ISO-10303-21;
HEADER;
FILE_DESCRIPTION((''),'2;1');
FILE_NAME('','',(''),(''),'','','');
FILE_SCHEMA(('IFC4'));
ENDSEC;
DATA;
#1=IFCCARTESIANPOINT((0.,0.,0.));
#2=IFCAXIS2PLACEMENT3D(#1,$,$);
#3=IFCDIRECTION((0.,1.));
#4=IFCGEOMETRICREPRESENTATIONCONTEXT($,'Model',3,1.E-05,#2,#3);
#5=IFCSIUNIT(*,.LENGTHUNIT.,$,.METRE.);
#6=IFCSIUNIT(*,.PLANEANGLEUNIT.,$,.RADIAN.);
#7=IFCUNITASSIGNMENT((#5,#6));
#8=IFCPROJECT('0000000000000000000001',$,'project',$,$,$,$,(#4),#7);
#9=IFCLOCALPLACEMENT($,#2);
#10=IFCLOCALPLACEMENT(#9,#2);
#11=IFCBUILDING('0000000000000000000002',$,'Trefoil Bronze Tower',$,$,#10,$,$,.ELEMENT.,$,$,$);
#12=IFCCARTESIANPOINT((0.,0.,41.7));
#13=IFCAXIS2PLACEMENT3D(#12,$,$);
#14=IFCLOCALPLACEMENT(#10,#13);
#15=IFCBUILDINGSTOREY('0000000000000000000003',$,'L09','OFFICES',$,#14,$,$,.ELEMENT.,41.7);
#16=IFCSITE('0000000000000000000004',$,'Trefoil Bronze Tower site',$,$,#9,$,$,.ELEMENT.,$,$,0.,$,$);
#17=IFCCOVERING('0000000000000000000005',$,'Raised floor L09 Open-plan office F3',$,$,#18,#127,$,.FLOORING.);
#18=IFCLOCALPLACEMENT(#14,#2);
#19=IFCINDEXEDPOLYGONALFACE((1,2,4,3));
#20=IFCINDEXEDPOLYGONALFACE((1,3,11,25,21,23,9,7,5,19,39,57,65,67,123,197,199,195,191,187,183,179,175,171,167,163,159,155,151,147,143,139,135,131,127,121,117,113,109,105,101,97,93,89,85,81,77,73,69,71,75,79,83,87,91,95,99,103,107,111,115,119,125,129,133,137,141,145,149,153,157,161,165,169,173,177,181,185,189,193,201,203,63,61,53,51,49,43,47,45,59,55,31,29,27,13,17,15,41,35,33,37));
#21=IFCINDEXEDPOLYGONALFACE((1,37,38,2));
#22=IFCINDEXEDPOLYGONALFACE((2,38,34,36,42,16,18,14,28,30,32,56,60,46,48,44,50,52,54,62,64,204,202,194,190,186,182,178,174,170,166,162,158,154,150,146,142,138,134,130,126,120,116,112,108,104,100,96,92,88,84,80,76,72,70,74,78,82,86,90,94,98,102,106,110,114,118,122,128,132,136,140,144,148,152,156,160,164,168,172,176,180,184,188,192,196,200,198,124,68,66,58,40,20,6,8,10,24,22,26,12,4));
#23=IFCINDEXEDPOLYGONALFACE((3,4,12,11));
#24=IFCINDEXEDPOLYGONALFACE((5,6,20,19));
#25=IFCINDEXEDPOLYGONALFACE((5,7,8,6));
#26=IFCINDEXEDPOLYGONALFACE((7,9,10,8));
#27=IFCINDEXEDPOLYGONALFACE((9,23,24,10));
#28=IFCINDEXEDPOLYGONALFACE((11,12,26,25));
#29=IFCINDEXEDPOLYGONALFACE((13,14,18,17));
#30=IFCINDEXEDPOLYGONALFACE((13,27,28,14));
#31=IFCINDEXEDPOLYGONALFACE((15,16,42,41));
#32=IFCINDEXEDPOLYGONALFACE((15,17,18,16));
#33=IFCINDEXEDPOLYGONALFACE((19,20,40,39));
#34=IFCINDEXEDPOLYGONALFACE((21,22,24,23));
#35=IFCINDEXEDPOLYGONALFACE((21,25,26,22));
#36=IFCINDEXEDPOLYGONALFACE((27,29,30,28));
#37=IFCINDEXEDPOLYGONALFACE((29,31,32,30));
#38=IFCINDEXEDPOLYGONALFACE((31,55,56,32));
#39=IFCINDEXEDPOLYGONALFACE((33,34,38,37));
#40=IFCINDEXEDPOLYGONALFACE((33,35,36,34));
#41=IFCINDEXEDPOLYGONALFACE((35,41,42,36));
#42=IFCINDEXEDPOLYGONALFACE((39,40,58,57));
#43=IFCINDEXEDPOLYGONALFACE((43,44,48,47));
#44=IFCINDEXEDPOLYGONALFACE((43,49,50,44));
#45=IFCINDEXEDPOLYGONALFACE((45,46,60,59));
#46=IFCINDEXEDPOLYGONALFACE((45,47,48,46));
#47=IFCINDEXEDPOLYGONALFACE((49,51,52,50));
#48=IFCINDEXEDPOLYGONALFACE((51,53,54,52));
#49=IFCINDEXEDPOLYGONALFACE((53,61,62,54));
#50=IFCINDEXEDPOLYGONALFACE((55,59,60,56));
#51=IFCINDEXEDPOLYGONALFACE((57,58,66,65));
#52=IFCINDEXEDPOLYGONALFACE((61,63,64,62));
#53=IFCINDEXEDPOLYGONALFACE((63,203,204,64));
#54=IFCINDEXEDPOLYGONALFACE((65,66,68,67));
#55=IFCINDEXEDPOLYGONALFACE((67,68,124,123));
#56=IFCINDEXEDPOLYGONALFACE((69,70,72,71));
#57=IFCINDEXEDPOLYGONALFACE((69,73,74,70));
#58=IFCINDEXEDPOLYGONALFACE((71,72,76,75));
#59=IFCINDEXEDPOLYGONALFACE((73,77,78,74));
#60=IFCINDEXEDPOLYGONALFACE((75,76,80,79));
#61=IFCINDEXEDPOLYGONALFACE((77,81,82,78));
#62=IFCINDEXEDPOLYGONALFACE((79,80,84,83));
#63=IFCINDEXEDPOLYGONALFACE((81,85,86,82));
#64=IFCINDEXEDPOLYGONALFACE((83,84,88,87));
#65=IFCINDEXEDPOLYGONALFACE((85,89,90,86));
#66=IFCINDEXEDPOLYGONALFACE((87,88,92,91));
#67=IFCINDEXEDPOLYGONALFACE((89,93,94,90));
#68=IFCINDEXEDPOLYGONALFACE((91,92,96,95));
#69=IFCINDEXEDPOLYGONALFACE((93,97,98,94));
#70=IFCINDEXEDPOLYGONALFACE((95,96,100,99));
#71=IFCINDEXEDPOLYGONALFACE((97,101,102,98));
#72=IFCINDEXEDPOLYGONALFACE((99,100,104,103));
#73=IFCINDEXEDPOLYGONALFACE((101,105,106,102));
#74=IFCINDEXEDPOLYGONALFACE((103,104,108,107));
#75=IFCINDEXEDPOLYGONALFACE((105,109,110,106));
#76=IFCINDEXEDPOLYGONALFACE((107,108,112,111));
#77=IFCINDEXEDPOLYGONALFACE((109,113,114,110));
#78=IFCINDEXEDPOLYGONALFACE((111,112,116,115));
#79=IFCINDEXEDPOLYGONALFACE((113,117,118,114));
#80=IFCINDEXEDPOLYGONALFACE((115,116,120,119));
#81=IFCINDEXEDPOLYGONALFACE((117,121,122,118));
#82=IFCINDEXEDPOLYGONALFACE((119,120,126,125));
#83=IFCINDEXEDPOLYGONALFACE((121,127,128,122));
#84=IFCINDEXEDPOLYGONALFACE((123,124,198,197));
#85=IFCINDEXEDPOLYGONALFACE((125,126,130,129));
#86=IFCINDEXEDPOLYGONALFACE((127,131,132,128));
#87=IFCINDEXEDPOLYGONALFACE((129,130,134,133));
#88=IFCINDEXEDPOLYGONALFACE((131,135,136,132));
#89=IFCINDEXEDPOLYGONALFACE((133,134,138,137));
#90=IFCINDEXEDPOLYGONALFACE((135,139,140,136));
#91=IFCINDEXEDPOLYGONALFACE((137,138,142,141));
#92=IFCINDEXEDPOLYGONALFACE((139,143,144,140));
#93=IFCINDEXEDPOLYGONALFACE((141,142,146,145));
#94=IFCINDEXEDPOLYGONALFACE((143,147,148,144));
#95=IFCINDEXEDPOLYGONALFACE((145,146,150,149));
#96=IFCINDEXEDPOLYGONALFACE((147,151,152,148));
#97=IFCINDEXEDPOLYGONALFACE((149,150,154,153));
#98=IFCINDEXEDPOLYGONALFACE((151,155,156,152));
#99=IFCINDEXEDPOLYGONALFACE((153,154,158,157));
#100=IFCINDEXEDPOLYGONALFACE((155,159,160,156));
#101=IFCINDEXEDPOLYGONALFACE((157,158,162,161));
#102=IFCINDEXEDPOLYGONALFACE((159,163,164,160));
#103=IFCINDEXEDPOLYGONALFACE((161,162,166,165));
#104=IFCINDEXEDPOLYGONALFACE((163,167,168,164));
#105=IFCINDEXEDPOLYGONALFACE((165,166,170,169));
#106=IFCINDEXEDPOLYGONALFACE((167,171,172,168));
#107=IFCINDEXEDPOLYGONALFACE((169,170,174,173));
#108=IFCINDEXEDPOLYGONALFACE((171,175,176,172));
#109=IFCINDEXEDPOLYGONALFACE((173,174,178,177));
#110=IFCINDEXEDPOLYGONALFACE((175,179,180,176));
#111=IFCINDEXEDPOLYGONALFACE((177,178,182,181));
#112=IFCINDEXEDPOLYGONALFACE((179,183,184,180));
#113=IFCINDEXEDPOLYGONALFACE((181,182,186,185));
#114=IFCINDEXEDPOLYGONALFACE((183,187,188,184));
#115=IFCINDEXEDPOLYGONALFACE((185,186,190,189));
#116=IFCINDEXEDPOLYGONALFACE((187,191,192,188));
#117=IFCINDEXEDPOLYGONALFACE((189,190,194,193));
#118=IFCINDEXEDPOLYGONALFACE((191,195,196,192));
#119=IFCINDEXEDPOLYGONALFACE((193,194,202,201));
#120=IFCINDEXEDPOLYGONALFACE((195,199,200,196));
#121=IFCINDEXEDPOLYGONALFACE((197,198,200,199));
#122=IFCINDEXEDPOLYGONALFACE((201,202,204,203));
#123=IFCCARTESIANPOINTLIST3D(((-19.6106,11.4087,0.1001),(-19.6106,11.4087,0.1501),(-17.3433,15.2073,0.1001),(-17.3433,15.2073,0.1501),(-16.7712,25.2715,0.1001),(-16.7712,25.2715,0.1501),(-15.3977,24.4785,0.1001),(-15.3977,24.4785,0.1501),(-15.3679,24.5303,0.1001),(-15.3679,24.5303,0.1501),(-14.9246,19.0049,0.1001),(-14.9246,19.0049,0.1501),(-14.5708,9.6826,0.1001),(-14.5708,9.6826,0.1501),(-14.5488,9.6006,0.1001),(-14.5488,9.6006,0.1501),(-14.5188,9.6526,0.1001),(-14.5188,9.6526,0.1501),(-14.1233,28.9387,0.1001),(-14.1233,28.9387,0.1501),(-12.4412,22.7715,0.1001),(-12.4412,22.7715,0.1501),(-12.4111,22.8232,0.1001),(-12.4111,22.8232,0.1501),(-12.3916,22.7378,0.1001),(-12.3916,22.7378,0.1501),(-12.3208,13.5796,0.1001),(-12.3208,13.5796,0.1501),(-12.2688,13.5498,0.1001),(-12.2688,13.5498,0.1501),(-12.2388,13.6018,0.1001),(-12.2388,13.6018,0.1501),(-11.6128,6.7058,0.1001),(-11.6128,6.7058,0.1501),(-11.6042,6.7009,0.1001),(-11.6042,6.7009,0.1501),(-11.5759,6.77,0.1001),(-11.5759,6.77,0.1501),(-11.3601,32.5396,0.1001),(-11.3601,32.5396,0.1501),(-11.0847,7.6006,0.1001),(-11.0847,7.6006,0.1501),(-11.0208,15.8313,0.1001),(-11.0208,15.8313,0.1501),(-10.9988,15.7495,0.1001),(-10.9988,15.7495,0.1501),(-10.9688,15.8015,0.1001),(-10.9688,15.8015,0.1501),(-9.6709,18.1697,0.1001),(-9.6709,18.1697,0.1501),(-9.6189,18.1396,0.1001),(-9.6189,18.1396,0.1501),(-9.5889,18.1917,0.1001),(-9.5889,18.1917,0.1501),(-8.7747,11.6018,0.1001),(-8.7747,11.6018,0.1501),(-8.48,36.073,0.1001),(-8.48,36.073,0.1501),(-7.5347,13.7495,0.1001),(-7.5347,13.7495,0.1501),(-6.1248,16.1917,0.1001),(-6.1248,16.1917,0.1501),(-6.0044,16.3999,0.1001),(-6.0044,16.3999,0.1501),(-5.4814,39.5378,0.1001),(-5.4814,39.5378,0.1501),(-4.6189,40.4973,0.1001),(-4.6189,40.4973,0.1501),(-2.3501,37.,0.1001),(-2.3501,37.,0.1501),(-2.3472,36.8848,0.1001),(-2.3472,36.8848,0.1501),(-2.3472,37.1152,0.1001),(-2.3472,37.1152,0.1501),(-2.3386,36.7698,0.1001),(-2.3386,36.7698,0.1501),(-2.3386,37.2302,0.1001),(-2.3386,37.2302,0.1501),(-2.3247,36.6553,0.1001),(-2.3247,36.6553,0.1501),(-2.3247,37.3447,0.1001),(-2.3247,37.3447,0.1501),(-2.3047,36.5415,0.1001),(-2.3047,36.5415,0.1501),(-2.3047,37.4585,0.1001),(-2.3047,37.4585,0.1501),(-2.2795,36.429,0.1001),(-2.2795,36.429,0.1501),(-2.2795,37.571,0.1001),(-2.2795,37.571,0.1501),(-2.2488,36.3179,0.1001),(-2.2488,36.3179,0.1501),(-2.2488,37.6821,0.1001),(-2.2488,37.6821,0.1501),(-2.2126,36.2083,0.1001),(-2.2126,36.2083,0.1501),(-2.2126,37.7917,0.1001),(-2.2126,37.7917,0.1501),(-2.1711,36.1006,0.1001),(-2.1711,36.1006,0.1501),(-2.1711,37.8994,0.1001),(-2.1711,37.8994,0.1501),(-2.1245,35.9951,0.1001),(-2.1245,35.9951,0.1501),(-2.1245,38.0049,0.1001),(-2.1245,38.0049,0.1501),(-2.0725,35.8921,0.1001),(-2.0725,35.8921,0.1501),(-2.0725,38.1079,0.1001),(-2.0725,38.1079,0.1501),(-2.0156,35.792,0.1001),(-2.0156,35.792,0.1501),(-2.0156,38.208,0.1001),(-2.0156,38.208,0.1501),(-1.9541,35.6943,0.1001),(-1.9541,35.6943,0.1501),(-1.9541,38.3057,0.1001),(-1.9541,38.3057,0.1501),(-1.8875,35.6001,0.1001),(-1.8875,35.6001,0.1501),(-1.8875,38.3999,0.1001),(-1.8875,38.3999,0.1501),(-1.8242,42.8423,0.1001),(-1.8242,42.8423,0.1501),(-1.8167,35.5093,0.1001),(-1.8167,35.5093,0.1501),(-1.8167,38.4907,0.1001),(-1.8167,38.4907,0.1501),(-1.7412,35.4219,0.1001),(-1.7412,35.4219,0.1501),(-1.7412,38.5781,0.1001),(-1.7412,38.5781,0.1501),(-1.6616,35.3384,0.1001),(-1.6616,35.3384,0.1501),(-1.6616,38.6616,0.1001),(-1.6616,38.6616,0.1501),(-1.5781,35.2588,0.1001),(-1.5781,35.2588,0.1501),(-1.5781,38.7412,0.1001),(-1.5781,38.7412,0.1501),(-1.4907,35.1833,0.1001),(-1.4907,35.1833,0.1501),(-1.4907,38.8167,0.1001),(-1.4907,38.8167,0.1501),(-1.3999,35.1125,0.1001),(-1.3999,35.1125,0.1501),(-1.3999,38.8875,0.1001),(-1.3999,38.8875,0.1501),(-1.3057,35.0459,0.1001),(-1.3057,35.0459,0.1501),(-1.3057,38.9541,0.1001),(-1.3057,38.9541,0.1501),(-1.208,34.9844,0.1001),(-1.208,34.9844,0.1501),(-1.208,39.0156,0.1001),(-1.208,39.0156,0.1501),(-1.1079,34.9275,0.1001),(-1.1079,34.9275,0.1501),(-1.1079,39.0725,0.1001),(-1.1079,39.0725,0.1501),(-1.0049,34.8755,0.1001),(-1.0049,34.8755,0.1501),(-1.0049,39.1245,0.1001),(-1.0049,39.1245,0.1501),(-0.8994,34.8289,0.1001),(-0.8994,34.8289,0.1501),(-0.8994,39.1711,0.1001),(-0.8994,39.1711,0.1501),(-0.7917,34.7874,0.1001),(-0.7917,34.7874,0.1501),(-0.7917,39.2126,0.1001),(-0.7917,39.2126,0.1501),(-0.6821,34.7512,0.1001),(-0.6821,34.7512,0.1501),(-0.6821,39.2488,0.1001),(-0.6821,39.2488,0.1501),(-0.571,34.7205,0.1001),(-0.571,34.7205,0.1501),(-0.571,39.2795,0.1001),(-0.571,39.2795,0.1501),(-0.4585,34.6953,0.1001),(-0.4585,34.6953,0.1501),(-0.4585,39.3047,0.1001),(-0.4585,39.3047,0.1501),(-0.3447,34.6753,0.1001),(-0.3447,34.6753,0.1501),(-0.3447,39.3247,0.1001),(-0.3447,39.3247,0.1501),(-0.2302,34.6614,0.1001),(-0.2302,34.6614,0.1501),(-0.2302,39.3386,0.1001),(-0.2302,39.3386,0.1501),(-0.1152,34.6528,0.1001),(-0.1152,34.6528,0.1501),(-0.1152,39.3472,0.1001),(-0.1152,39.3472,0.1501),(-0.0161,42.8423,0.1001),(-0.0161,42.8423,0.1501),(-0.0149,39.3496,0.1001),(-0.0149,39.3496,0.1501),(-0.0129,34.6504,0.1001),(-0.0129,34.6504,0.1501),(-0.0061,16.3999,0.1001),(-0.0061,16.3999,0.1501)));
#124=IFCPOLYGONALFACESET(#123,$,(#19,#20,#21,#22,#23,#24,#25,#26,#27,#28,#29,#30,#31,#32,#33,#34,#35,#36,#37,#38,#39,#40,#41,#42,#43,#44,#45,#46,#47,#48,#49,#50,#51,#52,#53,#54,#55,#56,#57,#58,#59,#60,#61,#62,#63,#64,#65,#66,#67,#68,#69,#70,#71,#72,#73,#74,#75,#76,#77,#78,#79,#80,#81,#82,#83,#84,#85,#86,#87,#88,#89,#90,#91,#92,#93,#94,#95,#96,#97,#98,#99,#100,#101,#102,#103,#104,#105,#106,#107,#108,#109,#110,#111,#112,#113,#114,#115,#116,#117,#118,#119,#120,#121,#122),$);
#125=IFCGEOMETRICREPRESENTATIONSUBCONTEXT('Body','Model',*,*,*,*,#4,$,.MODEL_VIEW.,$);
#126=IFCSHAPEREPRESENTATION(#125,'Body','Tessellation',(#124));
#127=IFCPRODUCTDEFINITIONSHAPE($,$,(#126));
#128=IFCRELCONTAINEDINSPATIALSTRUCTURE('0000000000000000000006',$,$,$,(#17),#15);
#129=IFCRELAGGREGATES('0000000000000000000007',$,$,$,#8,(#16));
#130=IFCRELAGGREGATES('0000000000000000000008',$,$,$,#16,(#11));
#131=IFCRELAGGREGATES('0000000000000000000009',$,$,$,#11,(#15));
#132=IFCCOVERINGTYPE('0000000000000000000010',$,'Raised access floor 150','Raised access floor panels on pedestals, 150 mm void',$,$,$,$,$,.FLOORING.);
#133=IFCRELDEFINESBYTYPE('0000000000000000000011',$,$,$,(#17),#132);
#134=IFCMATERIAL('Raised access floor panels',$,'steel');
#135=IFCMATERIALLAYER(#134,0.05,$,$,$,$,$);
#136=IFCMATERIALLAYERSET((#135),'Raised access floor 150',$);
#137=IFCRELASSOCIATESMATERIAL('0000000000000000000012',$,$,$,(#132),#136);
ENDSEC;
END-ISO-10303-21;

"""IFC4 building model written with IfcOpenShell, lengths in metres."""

from ifc_helpers import new_model, si_unit, direction, frame, origin, place, context, subcontext, project, spatial, polyline, outline, extrude, material, layer, layer_set, type_object, element, save


model = new_model("IFC4")

# Units and contexts
model_context = context("Model", 3, precision=1e-05, world=origin(), true_north=direction((0.0, 1.0)))
body_context = subcontext(model_context, "Body", "Model", "MODEL_VIEW")
ifc_project = project(units=[si_unit("LENGTHUNIT", "METRE"), si_unit("PLANEANGLEUNIT", "RADIAN")], contexts=[model_context])

# Site, building, storey
site_placement = place(None, origin())
site = spatial("IfcSite", under=ifc_project, at=site_placement, Name="Trefoil Bronze Tower site", CompositionType="ELEMENT", RefElevation=0.0)
building_placement = place(site_placement, origin())
building = spatial("IfcBuilding", under=site, at=building_placement, Name="Trefoil Bronze Tower", CompositionType="ELEMENT")
storey_placement = place(building_placement, frame((0.0, 0.0, 41.7)))
storey = spatial("IfcBuildingStorey", under=building, at=storey_placement, Name="L09", Description="OFFICES", CompositionType="ELEMENT", Elevation=41.7)

# Covering
ifc_material_1 = material(Name="Raised access floor panels", Category="steel")
ifc_layer_1 = layer(ifc_material_1, 0.05)
ifc_layer_set_1 = layer_set([ifc_layer_1], Name="Raised access floor 150")
covering_type_1 = type_object("IfcCoveringType", Name="Raised access floor 150", Description="Raised access floor panels on pedestals, 150 mm void", PredefinedType="FLOORING", material=ifc_layer_set_1)
covering_1_placement = place(storey_placement, frame((0.0, 0.0, 0.1001)))
element("IfcCovering", 1, at=covering_1_placement, inside=storey, type_object=covering_type_1, Name="Raised floor L09 Open-plan office F3", PredefinedType="FLOORING", context=body_context, shape_type="SweptSolid", body=[
    extrude(outline(polyline([(-14.1233, 28.9387), (-11.3601, 32.5396), (-8.48, 36.073), (-5.4814, 39.5378), (-4.6189, 40.4973), (-1.8242, 42.8423), (-0.0161, 42.8423), (-0.0149, 39.3496), (-0.1152, 39.3472), (-0.2302, 39.3386), (-0.3447, 39.3247), (-0.4585, 39.3047), (-0.571, 39.2795), (-0.6821, 39.2488), (-0.7917, 39.2126), (-0.8994, 39.1711), (-1.0049, 39.1245), (-1.1079, 39.0725), (-1.208, 39.0156), (-1.3057, 38.9541), (-1.3999, 38.8875), (-1.4907, 38.8167), (-1.5781, 38.7412), (-1.6616, 38.6616), (-1.7412, 38.5781), (-1.8167, 38.4907), (-1.8875, 38.3999), (-1.9541, 38.3057), (-2.0156, 38.208), (-2.0725, 38.1079), (-2.1245, 38.0049), (-2.1711, 37.8994), (-2.2126, 37.7917), (-2.2488, 37.6821), (-2.2795, 37.571), (-2.3047, 37.4585), (-2.3247, 37.3447), (-2.3386, 37.2302), (-2.3472, 37.1152), (-2.3501, 37.0), (-2.3472, 36.8848), (-2.3386, 36.7698), (-2.3247, 36.6553), (-2.3047, 36.5415), (-2.2795, 36.429), (-2.2488, 36.3179), (-2.2126, 36.2083), (-2.1711, 36.1006), (-2.1245, 35.9951), (-2.0725, 35.8921), (-2.0156, 35.792), (-1.9541, 35.6943), (-1.8875, 35.6001), (-1.8167, 35.5093), (-1.7412, 35.4219), (-1.6616, 35.3384), (-1.5781, 35.2588), (-1.4907, 35.1833), (-1.3999, 35.1125), (-1.3057, 35.0459), (-1.208, 34.9844), (-1.1079, 34.9275), (-1.0049, 34.8755), (-0.8994, 34.8289), (-0.7917, 34.7874), (-0.6821, 34.7512), (-0.571, 34.7205), (-0.4585, 34.6953), (-0.3447, 34.6753), (-0.2302, 34.6614), (-0.1152, 34.6528), (-0.0129, 34.6504), (-0.0061, 16.3999), (-6.0044, 16.3999), (-6.1248, 16.1917), (-9.5889, 18.1917), (-9.6189, 18.1396), (-9.6709, 18.1697), (-11.0208, 15.8313), (-10.9688, 15.8015), (-10.9988, 15.7495), (-7.5347, 13.7495), (-8.7747, 11.6018), (-12.2388, 13.6018), (-12.2688, 13.5498), (-12.3208, 13.5796), (-14.5708, 9.6826), (-14.5188, 9.6526), (-14.5488, 9.6006), (-11.0847, 7.6006), (-11.6042, 6.7009), (-11.6128, 6.7058), (-11.5759, 6.77), (-19.6106, 11.4087), (-17.3433, 15.2073), (-14.9246, 19.0049), (-12.3916, 22.7378), (-12.4412, 22.7715), (-12.4111, 22.8232), (-15.3679, 24.5303), (-15.3977, 24.4785), (-16.7712, 25.2715), (-14.1233, 28.9387)])), origin(), (0.0, 0.0, 1.0), 0.05),
])

save(model, "model.ifc")
